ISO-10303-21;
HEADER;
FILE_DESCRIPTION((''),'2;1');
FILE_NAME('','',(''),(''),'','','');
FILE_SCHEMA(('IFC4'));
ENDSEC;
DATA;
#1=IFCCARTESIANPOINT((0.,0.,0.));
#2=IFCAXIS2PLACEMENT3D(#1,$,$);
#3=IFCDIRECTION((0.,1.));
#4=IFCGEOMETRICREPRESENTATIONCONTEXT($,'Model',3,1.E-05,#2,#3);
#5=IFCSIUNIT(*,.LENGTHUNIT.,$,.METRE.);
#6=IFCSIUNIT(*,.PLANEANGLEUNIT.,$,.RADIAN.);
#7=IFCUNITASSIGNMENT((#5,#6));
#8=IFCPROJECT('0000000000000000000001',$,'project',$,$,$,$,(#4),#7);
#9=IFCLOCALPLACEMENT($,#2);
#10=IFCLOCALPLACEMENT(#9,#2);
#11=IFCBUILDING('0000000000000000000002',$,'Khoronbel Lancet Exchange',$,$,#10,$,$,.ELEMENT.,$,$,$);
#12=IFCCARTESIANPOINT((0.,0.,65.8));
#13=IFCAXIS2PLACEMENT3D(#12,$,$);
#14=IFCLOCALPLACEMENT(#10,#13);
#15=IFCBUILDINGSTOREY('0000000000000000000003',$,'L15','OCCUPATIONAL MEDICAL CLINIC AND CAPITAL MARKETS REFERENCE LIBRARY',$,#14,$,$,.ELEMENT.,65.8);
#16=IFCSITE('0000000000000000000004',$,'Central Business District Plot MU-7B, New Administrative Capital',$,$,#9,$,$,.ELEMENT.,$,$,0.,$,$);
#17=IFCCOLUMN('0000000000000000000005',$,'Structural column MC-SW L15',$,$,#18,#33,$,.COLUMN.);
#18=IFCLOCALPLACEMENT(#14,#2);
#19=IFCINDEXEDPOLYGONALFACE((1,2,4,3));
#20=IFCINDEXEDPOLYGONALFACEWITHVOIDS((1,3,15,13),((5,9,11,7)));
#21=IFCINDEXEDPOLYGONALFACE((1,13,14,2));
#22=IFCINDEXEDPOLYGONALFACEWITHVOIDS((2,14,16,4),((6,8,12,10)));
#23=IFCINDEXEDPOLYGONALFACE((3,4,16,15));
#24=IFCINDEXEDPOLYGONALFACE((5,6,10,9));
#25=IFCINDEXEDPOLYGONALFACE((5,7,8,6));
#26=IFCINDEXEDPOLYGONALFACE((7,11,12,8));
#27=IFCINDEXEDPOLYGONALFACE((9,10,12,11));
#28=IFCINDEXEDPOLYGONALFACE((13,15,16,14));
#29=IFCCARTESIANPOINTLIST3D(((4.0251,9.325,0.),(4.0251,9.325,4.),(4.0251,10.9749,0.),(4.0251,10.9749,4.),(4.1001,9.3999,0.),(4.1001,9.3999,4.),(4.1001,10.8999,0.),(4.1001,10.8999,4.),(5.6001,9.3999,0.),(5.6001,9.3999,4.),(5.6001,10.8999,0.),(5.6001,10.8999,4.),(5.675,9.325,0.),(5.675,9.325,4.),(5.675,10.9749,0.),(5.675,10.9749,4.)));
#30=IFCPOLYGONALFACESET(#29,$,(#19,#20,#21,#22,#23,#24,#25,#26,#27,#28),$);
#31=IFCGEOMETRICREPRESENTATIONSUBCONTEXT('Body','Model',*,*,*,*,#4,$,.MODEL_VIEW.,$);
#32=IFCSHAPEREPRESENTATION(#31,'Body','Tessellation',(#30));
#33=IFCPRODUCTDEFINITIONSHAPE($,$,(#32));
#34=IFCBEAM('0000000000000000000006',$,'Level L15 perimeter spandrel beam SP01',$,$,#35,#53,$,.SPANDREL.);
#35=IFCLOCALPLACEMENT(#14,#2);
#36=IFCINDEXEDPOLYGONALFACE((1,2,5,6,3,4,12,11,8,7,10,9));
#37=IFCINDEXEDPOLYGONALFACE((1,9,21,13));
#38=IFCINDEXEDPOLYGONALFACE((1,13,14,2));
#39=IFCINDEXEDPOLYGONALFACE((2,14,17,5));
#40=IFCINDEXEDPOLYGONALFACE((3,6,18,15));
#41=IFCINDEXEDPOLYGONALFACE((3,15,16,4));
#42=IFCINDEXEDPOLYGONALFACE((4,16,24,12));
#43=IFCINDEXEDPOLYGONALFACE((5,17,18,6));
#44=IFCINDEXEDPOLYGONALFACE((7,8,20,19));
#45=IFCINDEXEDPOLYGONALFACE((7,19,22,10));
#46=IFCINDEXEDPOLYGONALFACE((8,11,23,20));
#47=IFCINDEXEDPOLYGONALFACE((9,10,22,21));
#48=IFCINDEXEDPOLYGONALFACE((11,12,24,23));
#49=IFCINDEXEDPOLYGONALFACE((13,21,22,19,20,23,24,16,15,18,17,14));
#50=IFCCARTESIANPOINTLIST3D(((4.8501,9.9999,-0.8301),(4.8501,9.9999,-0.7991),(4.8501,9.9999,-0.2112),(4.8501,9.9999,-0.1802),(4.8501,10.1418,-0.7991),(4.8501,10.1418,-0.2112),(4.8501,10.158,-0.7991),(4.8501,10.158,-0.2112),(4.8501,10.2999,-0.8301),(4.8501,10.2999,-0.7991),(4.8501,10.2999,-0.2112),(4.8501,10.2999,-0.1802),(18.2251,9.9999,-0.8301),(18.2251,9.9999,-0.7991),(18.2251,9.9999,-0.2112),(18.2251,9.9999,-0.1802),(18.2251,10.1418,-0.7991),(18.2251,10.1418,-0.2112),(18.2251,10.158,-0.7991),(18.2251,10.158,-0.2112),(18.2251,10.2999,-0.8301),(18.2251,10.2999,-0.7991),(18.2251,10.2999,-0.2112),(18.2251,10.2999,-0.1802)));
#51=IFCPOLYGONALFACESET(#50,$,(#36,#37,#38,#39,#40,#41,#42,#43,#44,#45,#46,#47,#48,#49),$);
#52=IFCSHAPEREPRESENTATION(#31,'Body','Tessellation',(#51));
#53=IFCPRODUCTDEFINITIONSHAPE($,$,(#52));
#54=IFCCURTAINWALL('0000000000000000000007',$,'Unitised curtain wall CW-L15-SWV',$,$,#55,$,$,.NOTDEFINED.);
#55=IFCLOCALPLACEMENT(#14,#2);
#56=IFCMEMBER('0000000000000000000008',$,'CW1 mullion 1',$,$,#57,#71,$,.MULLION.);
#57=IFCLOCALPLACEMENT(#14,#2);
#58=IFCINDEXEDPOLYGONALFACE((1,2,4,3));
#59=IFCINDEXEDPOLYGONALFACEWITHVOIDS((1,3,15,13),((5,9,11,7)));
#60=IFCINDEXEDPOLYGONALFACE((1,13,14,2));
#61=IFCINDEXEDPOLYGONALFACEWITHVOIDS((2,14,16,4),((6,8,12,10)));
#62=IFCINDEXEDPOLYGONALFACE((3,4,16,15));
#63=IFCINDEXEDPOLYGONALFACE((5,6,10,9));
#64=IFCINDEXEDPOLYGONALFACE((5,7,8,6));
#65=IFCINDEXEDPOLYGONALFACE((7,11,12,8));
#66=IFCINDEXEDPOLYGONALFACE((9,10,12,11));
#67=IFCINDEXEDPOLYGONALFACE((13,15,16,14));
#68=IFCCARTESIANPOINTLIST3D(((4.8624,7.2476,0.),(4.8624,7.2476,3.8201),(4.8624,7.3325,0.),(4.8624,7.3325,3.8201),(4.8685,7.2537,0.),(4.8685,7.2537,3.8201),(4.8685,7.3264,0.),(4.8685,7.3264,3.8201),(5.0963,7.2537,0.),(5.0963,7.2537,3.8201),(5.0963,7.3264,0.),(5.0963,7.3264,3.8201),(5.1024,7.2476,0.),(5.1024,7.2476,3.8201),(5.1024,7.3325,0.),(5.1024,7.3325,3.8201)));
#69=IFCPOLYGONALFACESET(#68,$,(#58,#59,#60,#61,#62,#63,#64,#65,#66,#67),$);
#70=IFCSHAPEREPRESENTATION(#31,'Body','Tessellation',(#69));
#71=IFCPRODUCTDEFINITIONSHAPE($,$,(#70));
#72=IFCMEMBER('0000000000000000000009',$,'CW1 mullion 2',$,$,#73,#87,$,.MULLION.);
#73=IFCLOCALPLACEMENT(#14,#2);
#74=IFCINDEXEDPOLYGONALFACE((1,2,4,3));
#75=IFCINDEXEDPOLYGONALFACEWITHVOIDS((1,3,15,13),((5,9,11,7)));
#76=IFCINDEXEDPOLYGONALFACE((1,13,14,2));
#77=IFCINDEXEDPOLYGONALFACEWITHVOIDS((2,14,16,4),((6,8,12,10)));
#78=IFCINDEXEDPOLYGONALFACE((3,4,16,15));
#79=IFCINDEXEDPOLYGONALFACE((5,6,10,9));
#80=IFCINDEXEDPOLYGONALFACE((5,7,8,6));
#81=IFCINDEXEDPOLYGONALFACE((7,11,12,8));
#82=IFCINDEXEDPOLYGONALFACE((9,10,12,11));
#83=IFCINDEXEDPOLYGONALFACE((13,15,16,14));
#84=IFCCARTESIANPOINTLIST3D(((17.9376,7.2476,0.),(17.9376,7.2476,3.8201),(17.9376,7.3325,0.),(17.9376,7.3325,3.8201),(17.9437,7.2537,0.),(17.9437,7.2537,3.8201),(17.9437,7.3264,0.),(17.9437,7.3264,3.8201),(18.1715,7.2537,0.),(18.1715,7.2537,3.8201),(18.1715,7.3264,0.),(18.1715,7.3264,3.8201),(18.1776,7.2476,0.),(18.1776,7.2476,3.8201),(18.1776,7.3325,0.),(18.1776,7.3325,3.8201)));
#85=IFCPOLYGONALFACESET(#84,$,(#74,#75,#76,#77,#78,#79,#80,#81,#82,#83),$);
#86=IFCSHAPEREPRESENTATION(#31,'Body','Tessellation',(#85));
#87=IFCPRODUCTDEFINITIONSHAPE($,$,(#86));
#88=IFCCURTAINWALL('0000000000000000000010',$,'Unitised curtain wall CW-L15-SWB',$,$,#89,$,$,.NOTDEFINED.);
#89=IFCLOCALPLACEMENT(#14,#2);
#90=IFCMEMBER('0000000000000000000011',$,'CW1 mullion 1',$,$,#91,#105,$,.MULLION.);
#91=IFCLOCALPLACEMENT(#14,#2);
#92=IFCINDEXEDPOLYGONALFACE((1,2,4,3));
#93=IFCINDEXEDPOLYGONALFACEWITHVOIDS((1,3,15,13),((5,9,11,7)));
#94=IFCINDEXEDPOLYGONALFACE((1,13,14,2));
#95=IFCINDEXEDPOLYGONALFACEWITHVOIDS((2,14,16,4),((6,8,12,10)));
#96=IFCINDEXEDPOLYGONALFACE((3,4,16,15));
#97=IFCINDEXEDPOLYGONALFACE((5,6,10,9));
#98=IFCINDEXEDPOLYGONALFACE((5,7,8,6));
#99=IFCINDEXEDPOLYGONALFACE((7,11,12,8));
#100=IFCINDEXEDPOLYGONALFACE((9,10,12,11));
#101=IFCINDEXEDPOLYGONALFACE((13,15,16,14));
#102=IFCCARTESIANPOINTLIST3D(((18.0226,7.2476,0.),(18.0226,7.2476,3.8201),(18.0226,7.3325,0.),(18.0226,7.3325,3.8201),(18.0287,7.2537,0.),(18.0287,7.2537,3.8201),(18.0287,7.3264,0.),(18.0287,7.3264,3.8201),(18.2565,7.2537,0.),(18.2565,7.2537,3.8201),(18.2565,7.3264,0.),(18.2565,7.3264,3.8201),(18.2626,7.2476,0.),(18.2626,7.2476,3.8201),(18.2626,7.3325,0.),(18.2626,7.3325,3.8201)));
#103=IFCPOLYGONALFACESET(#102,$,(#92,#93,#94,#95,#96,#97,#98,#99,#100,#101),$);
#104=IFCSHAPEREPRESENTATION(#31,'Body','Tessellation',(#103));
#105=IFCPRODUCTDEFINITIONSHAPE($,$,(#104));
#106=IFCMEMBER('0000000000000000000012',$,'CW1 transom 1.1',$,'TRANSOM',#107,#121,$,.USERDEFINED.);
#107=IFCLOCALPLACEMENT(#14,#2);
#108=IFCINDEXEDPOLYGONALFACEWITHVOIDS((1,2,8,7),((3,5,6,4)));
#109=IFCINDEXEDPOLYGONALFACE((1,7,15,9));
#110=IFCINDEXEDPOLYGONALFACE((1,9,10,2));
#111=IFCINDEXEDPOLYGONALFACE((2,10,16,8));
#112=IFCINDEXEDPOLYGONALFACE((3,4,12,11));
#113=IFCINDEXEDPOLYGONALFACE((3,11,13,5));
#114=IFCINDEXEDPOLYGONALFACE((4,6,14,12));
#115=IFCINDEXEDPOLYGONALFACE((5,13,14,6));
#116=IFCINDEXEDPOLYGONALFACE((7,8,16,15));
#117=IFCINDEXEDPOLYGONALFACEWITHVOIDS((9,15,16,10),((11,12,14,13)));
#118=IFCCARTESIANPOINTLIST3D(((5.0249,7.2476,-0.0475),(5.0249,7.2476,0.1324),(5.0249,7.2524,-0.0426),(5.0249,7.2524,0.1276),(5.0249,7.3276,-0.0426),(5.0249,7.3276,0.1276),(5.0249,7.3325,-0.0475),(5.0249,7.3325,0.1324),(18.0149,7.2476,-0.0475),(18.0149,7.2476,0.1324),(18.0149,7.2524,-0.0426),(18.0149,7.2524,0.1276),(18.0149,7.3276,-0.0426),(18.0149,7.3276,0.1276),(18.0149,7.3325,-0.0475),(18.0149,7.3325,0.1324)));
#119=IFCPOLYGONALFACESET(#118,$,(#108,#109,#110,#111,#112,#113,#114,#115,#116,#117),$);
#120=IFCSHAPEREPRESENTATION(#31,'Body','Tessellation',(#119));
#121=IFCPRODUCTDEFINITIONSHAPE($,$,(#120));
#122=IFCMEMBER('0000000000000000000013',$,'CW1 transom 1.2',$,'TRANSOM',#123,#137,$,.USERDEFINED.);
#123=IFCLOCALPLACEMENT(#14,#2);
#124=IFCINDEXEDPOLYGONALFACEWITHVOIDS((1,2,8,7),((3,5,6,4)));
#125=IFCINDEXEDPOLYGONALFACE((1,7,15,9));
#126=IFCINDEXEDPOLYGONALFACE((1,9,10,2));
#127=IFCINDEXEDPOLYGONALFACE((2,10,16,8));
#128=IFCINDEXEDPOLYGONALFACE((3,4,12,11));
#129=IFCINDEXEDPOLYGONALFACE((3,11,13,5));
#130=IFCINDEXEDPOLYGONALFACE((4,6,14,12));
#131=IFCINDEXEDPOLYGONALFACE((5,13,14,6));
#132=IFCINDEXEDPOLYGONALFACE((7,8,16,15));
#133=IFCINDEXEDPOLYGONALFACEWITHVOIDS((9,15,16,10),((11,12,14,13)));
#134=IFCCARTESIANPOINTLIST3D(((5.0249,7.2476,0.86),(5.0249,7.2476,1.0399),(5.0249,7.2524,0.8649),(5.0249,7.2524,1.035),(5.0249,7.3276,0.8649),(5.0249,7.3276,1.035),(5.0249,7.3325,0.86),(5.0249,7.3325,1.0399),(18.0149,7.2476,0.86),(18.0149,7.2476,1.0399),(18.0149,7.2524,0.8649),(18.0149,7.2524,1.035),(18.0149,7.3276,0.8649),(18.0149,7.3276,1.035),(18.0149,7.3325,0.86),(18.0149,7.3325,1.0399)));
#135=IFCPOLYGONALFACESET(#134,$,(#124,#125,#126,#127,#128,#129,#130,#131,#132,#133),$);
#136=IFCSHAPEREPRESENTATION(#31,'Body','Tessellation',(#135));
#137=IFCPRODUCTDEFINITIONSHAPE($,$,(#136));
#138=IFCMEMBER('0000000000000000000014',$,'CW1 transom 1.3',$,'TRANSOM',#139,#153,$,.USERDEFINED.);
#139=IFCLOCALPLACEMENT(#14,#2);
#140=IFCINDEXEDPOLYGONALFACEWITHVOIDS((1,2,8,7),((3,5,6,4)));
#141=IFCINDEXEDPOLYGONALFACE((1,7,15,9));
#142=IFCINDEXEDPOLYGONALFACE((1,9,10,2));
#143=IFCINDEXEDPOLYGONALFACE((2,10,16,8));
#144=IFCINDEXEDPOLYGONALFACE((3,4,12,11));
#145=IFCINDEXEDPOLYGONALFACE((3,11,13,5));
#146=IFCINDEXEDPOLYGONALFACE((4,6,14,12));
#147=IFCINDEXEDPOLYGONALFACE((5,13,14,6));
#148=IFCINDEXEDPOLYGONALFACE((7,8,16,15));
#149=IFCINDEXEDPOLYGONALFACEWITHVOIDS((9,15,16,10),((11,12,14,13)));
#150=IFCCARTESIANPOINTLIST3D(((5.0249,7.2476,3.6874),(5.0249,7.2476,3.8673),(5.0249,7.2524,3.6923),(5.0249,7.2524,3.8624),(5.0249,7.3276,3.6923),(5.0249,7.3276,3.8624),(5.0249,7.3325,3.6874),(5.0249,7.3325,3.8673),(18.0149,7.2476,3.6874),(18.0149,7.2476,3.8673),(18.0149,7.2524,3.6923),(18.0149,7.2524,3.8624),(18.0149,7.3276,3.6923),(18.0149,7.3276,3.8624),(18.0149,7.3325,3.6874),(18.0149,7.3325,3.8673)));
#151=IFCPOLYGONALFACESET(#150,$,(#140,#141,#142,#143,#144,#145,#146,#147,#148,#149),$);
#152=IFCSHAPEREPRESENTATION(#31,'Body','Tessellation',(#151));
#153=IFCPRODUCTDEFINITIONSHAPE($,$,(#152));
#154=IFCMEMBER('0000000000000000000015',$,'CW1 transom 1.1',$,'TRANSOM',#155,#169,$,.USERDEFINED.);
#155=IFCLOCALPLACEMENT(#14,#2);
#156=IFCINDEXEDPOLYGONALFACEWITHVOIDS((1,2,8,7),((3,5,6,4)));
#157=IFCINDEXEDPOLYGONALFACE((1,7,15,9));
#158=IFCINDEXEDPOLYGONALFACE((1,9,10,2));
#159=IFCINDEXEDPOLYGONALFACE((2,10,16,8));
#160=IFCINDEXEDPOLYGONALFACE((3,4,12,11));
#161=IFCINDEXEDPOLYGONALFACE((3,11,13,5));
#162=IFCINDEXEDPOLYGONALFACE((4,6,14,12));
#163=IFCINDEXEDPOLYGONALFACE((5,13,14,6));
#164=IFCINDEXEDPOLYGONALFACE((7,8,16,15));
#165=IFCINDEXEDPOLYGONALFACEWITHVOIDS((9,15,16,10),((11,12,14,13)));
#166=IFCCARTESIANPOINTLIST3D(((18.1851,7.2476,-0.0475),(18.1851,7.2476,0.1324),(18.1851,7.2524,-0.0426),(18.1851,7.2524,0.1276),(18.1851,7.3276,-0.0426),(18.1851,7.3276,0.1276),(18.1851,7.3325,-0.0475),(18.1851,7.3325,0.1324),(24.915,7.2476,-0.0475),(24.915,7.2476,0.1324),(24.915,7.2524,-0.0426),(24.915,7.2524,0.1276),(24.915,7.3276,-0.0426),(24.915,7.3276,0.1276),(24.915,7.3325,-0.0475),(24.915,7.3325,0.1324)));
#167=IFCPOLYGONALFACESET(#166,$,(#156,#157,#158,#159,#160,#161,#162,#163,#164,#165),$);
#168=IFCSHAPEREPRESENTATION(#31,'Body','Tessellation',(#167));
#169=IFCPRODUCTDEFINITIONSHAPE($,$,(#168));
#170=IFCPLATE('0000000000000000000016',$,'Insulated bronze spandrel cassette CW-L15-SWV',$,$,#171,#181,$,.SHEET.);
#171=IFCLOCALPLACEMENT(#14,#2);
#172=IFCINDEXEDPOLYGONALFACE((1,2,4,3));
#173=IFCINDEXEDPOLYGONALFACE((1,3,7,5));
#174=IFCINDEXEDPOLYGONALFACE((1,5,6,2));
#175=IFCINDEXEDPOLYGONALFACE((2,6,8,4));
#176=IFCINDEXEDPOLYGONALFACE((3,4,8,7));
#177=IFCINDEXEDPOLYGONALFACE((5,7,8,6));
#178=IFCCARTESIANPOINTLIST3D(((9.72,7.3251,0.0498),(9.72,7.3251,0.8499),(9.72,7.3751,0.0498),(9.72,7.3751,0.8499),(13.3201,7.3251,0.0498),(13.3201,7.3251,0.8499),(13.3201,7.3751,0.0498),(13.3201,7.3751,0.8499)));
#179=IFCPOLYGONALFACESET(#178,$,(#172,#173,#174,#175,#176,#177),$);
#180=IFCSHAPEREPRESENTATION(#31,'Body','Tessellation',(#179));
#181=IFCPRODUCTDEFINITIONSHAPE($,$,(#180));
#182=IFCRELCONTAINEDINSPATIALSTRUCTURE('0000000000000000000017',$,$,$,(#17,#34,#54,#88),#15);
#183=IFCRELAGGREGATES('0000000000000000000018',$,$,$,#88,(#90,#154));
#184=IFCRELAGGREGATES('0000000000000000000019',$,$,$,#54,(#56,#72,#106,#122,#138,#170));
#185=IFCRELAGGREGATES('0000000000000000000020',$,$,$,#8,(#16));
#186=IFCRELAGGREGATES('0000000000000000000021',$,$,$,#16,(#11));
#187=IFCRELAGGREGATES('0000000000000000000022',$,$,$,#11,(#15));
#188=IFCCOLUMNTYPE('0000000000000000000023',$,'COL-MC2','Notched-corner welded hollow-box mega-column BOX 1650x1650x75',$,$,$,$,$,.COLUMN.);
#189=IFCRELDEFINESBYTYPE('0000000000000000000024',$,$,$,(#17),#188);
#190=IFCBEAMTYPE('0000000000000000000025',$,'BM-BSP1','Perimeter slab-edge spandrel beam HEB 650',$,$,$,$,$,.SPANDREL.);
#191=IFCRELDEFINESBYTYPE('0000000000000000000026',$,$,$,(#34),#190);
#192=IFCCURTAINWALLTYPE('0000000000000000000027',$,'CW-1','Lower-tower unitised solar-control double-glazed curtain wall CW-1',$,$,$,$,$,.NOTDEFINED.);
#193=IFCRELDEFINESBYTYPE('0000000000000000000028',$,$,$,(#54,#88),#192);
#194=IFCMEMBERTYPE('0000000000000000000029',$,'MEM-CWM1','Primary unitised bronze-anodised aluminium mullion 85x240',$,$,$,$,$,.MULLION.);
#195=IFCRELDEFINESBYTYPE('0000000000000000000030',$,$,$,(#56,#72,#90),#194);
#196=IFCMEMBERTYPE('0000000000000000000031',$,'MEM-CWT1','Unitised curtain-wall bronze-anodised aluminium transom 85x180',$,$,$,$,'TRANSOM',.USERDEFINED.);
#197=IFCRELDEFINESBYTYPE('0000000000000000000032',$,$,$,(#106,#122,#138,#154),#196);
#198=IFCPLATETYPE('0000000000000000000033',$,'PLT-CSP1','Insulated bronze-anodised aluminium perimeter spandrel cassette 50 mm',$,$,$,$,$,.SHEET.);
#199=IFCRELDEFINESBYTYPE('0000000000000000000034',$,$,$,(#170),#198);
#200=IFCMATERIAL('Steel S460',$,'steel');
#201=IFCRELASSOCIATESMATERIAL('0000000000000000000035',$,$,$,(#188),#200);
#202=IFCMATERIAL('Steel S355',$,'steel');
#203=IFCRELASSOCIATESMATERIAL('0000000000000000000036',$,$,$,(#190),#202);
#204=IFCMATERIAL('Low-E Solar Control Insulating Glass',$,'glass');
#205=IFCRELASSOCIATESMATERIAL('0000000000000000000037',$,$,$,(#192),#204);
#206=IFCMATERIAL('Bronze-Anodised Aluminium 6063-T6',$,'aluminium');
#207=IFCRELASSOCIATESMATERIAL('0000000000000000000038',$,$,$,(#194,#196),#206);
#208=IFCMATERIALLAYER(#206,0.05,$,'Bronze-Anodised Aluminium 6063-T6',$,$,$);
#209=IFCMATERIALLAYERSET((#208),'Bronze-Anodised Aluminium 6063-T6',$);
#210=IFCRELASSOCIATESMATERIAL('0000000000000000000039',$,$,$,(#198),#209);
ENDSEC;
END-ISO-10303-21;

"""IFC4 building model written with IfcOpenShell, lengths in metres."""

from ifc_helpers import new_model, si_unit, direction, frame, origin, origin_2d, place, context, subcontext, project, spatial, rectangle, hollow_rectangle, i_section, extrude, material, layer, layer_set, material_profile, profile_set, type_object, element, aggregate, save


model = new_model("IFC4")

# Units and contexts
model_context = context("Model", 3, precision=1e-05, world=origin(), true_north=direction((0.0, 1.0)))
body_context = subcontext(model_context, "Body", "Model", "MODEL_VIEW")
ifc_project = project(units=[si_unit("LENGTHUNIT", "METRE"), si_unit("PLANEANGLEUNIT", "RADIAN")], contexts=[model_context])

# Site, building, storey
site_placement = place(None, origin())
site = spatial("IfcSite", under=ifc_project, at=site_placement, Name="Central Business District Plot MU-7B, New Administrative Capital", CompositionType="ELEMENT", RefElevation=0.0)
building_placement = place(site_placement, origin())
building = spatial("IfcBuilding", under=site, at=building_placement, Name="Khoronbel Lancet Exchange", CompositionType="ELEMENT")
storey_placement = place(building_placement, frame((0.0, 0.0, 65.8)))
storey = spatial("IfcBuildingStorey", under=building, at=storey_placement, Name="L15", Description="OCCUPATIONAL MEDICAL CLINIC AND CAPITAL MARKETS REFERENCE LIBRARY", CompositionType="ELEMENT", Elevation=65.8)

# Column
ifc_material_1 = material(Name="Steel S460", Category="steel")
ifc_material_profile_1 = material_profile(ifc_material_1, hollow_rectangle(XDim=1.6499, YDim=1.6499, WallThickness=0.075, at=origin_2d()), Name="BOX 1650x1650x75")
ifc_profile_set_1 = profile_set([ifc_material_profile_1], Name="Steel S460")
column_type = type_object("IfcColumnType", Name="COL-MC2", Description="Notched-corner welded hollow-box mega-column BOX 1650x1650x75", PredefinedType="COLUMN", material=ifc_profile_set_1)
column_placement = place(storey_placement, frame((4.8501, 10.1499, 0.0), z_axis=(0.0, 0.0, 1.0), x_axis=(1.0, 0.0, 0.0)))
element("IfcColumn", 1, at=column_placement, inside=storey, type_object=column_type, Name="Structural column MC-SW L15", PredefinedType="COLUMN", context=body_context, shape_type="SweptSolid", body=[
    extrude(hollow_rectangle(XDim=1.6499, YDim=1.6499, WallThickness=0.075, at=origin_2d()), origin(), (0.0, 0.0, 1.0), 4.0),
])

# Beam
ifc_material_2 = material(Name="Steel S355", Category="steel")
ifc_material_profile_2 = material_profile(ifc_material_2, i_section(OverallWidth=0.3, OverallDepth=0.6499, WebThickness=0.0161, FlangeThickness=0.031, at=origin_2d()), Name="HEB 650")
ifc_profile_set_2 = profile_set([ifc_material_profile_2], Name="Steel S355")
beam_type = type_object("IfcBeamType", Name="BM-BSP1", Description="Perimeter slab-edge spandrel beam HEB 650", PredefinedType="SPANDREL", material=ifc_profile_set_2)
beam_placement = place(storey_placement, frame((4.8501, 10.1499, -0.5051), z_axis=(1.0, 0.0, 0.0), x_axis=(0.0, 1.0, 0.0)))
element("IfcBeam", 2, at=beam_placement, inside=storey, type_object=beam_type, Name="Level L15 perimeter spandrel beam SP01", PredefinedType="SPANDREL", context=body_context, shape_type="SweptSolid", body=[
    extrude(i_section(OverallWidth=0.3, OverallDepth=0.6499, WebThickness=0.0161, FlangeThickness=0.031, at=origin_2d()), origin(), (0.0, 0.0, 1.0), 13.375),
])

# Curtain wall, members
ifc_material_3 = material(Name="Low-E Solar Control Insulating Glass", Category="glass")
curtain_wall_type = type_object("IfcCurtainWallType", Name="CW-1", Description="Lower-tower unitised solar-control double-glazed curtain wall CW-1", PredefinedType="NOTDEFINED", material=ifc_material_3)
curtain_wall_1_placement = place(storey_placement, origin())
curtain_wall_1 = element("IfcCurtainWall", 3, at=curtain_wall_1_placement, inside=storey, type_object=curtain_wall_type, Name="Unitised curtain wall CW-L15-SWV", PredefinedType="NOTDEFINED")
ifc_material_4 = material(Name="Bronze-Anodised Aluminium 6063-T6", Category="aluminium")
ifc_material_profile_3 = material_profile(ifc_material_4, hollow_rectangle(XDim=0.085, YDim=0.24, WallThickness=0.0061, at=origin_2d()), Name="ALU MULLION 85x240")
ifc_profile_set_3 = profile_set([ifc_material_profile_3], Name="Bronze-Anodised Aluminium 6063-T6")
member_type_1 = type_object("IfcMemberType", Name="MEM-CWM1", Description="Primary unitised bronze-anodised aluminium mullion 85x240", PredefinedType="MULLION", material=ifc_profile_set_3)
member_1_placement = place(storey_placement, frame((4.9824, 7.29, 0.0), z_axis=(0.0, 0.0, 1.0), x_axis=(0.0, 1.0, 0.0)))
member_1 = element("IfcMember", 4, at=member_1_placement, type_object=member_type_1, Name="CW1 mullion 1", PredefinedType="MULLION", context=body_context, shape_type="SweptSolid", body=[
    extrude(hollow_rectangle(XDim=0.085, YDim=0.24, WallThickness=0.0061, at=origin_2d()), origin(), (0.0, 0.0, 1.0), 3.8201),
])
member_2_placement = place(storey_placement, frame((18.0576, 7.29, 0.0), z_axis=(0.0, 0.0, 1.0), x_axis=(0.0, 1.0, 0.0)))
member_2 = element("IfcMember", 5, at=member_2_placement, type_object=member_type_1, Name="CW1 mullion 2", PredefinedType="MULLION", context=body_context, shape_type="SweptSolid", body=[
    extrude(hollow_rectangle(XDim=0.085, YDim=0.24, WallThickness=0.0061, at=origin_2d()), origin(), (0.0, 0.0, 1.0), 3.8201),
])

# Curtain wall, member
curtain_wall_2_placement = place(storey_placement, origin())
curtain_wall_2 = element("IfcCurtainWall", 6, at=curtain_wall_2_placement, inside=storey, type_object=curtain_wall_type, Name="Unitised curtain wall CW-L15-SWB", PredefinedType="NOTDEFINED")
member_3_placement = place(storey_placement, frame((18.1426, 7.29, 0.0), z_axis=(0.0, 0.0, 1.0), x_axis=(0.0, 1.0, 0.0)))
member_3 = element("IfcMember", 7, at=member_3_placement, type_object=member_type_1, Name="CW1 mullion 1", PredefinedType="MULLION", context=body_context, shape_type="SweptSolid", body=[
    extrude(hollow_rectangle(XDim=0.085, YDim=0.24, WallThickness=0.0061, at=origin_2d()), origin(), (0.0, 0.0, 1.0), 3.8201),
])

# Members
ifc_material_profile_4 = material_profile(ifc_material_4, hollow_rectangle(XDim=0.085, YDim=0.1799, WallThickness=0.0049, at=origin_2d()), Name="ALU TRANSOM 85x180")
ifc_profile_set_4 = profile_set([ifc_material_profile_4], Name="Bronze-Anodised Aluminium 6063-T6")
member_type_2 = type_object("IfcMemberType", Name="MEM-CWT1", Description="Unitised curtain-wall bronze-anodised aluminium transom 85x180", ElementType="TRANSOM", PredefinedType="USERDEFINED", material=ifc_profile_set_4)
member_4_placement = place(storey_placement, frame((5.0249, 7.29, 0.0425), z_axis=(1.0, 0.0, 0.0), x_axis=(0.0, 1.0, 0.0)))
member_4 = element("IfcMember", 8, at=member_4_placement, type_object=member_type_2, Name="CW1 transom 1.1", ObjectType="TRANSOM", PredefinedType="USERDEFINED", context=body_context, shape_type="SweptSolid", body=[
    extrude(hollow_rectangle(XDim=0.085, YDim=0.1799, WallThickness=0.0049, at=origin_2d()), origin(), (0.0, 0.0, 1.0), 12.99),
])
member_5_placement = place(storey_placement, frame((5.0249, 7.29, 0.95), z_axis=(1.0, 0.0, 0.0), x_axis=(0.0, 1.0, 0.0)))
member_5 = element("IfcMember", 9, at=member_5_placement, type_object=member_type_2, Name="CW1 transom 1.2", ObjectType="TRANSOM", PredefinedType="USERDEFINED", context=body_context, shape_type="SweptSolid", body=[
    extrude(hollow_rectangle(XDim=0.085, YDim=0.1799, WallThickness=0.0049, at=origin_2d()), origin(), (0.0, 0.0, 1.0), 12.99),
])
member_6_placement = place(storey_placement, frame((5.0249, 7.29, 3.7773), z_axis=(1.0, 0.0, 0.0), x_axis=(0.0, 1.0, 0.0)))
member_6 = element("IfcMember", 10, at=member_6_placement, type_object=member_type_2, Name="CW1 transom 1.3", ObjectType="TRANSOM", PredefinedType="USERDEFINED", context=body_context, shape_type="SweptSolid", body=[
    extrude(hollow_rectangle(XDim=0.085, YDim=0.1799, WallThickness=0.0049, at=origin_2d()), origin(), (0.0, 0.0, 1.0), 12.99),
])
member_7_placement = place(storey_placement, frame((18.1851, 7.29, 0.0425), z_axis=(1.0, 0.0, 0.0), x_axis=(0.0, 1.0, 0.0)))
member_7 = element("IfcMember", 11, at=member_7_placement, type_object=member_type_2, Name="CW1 transom 1.1", ObjectType="TRANSOM", PredefinedType="USERDEFINED", context=body_context, shape_type="SweptSolid", body=[
    extrude(hollow_rectangle(XDim=0.085, YDim=0.1799, WallThickness=0.0049, at=origin_2d()), origin(), (0.0, 0.0, 1.0), 6.73),
])
aggregate(curtain_wall_2, [member_3, member_7])

# Plate
ifc_layer_1 = layer(ifc_material_4, 0.05, Name="Bronze-Anodised Aluminium 6063-T6")
ifc_layer_set_1 = layer_set([ifc_layer_1], Name="Bronze-Anodised Aluminium 6063-T6")
plate_type_1 = type_object("IfcPlateType", Name="PLT-CSP1", Description="Insulated bronze-anodised aluminium perimeter spandrel cassette 50 mm", PredefinedType="SHEET", material=ifc_layer_set_1)
plate_1_placement = place(storey_placement, frame((11.52, 7.3501, 0.0498), z_axis=(0.0, 0.0, 1.0), x_axis=(1.0, 0.0, 0.0)))
plate_1 = element("IfcPlate", 12, at=plate_1_placement, type_object=plate_type_1, Name="Insulated bronze spandrel cassette CW-L15-SWV", PredefinedType="SHEET", context=body_context, shape_type="SweptSolid", body=[
    extrude(rectangle(XDim=3.6001, YDim=0.05, at=origin_2d()), origin(), (0.0, 0.0, 1.0), 0.8),
])
aggregate(curtain_wall_1, [member_1, member_2, member_4, member_5, member_6, plate_1])

save(model, "model.ifc")
